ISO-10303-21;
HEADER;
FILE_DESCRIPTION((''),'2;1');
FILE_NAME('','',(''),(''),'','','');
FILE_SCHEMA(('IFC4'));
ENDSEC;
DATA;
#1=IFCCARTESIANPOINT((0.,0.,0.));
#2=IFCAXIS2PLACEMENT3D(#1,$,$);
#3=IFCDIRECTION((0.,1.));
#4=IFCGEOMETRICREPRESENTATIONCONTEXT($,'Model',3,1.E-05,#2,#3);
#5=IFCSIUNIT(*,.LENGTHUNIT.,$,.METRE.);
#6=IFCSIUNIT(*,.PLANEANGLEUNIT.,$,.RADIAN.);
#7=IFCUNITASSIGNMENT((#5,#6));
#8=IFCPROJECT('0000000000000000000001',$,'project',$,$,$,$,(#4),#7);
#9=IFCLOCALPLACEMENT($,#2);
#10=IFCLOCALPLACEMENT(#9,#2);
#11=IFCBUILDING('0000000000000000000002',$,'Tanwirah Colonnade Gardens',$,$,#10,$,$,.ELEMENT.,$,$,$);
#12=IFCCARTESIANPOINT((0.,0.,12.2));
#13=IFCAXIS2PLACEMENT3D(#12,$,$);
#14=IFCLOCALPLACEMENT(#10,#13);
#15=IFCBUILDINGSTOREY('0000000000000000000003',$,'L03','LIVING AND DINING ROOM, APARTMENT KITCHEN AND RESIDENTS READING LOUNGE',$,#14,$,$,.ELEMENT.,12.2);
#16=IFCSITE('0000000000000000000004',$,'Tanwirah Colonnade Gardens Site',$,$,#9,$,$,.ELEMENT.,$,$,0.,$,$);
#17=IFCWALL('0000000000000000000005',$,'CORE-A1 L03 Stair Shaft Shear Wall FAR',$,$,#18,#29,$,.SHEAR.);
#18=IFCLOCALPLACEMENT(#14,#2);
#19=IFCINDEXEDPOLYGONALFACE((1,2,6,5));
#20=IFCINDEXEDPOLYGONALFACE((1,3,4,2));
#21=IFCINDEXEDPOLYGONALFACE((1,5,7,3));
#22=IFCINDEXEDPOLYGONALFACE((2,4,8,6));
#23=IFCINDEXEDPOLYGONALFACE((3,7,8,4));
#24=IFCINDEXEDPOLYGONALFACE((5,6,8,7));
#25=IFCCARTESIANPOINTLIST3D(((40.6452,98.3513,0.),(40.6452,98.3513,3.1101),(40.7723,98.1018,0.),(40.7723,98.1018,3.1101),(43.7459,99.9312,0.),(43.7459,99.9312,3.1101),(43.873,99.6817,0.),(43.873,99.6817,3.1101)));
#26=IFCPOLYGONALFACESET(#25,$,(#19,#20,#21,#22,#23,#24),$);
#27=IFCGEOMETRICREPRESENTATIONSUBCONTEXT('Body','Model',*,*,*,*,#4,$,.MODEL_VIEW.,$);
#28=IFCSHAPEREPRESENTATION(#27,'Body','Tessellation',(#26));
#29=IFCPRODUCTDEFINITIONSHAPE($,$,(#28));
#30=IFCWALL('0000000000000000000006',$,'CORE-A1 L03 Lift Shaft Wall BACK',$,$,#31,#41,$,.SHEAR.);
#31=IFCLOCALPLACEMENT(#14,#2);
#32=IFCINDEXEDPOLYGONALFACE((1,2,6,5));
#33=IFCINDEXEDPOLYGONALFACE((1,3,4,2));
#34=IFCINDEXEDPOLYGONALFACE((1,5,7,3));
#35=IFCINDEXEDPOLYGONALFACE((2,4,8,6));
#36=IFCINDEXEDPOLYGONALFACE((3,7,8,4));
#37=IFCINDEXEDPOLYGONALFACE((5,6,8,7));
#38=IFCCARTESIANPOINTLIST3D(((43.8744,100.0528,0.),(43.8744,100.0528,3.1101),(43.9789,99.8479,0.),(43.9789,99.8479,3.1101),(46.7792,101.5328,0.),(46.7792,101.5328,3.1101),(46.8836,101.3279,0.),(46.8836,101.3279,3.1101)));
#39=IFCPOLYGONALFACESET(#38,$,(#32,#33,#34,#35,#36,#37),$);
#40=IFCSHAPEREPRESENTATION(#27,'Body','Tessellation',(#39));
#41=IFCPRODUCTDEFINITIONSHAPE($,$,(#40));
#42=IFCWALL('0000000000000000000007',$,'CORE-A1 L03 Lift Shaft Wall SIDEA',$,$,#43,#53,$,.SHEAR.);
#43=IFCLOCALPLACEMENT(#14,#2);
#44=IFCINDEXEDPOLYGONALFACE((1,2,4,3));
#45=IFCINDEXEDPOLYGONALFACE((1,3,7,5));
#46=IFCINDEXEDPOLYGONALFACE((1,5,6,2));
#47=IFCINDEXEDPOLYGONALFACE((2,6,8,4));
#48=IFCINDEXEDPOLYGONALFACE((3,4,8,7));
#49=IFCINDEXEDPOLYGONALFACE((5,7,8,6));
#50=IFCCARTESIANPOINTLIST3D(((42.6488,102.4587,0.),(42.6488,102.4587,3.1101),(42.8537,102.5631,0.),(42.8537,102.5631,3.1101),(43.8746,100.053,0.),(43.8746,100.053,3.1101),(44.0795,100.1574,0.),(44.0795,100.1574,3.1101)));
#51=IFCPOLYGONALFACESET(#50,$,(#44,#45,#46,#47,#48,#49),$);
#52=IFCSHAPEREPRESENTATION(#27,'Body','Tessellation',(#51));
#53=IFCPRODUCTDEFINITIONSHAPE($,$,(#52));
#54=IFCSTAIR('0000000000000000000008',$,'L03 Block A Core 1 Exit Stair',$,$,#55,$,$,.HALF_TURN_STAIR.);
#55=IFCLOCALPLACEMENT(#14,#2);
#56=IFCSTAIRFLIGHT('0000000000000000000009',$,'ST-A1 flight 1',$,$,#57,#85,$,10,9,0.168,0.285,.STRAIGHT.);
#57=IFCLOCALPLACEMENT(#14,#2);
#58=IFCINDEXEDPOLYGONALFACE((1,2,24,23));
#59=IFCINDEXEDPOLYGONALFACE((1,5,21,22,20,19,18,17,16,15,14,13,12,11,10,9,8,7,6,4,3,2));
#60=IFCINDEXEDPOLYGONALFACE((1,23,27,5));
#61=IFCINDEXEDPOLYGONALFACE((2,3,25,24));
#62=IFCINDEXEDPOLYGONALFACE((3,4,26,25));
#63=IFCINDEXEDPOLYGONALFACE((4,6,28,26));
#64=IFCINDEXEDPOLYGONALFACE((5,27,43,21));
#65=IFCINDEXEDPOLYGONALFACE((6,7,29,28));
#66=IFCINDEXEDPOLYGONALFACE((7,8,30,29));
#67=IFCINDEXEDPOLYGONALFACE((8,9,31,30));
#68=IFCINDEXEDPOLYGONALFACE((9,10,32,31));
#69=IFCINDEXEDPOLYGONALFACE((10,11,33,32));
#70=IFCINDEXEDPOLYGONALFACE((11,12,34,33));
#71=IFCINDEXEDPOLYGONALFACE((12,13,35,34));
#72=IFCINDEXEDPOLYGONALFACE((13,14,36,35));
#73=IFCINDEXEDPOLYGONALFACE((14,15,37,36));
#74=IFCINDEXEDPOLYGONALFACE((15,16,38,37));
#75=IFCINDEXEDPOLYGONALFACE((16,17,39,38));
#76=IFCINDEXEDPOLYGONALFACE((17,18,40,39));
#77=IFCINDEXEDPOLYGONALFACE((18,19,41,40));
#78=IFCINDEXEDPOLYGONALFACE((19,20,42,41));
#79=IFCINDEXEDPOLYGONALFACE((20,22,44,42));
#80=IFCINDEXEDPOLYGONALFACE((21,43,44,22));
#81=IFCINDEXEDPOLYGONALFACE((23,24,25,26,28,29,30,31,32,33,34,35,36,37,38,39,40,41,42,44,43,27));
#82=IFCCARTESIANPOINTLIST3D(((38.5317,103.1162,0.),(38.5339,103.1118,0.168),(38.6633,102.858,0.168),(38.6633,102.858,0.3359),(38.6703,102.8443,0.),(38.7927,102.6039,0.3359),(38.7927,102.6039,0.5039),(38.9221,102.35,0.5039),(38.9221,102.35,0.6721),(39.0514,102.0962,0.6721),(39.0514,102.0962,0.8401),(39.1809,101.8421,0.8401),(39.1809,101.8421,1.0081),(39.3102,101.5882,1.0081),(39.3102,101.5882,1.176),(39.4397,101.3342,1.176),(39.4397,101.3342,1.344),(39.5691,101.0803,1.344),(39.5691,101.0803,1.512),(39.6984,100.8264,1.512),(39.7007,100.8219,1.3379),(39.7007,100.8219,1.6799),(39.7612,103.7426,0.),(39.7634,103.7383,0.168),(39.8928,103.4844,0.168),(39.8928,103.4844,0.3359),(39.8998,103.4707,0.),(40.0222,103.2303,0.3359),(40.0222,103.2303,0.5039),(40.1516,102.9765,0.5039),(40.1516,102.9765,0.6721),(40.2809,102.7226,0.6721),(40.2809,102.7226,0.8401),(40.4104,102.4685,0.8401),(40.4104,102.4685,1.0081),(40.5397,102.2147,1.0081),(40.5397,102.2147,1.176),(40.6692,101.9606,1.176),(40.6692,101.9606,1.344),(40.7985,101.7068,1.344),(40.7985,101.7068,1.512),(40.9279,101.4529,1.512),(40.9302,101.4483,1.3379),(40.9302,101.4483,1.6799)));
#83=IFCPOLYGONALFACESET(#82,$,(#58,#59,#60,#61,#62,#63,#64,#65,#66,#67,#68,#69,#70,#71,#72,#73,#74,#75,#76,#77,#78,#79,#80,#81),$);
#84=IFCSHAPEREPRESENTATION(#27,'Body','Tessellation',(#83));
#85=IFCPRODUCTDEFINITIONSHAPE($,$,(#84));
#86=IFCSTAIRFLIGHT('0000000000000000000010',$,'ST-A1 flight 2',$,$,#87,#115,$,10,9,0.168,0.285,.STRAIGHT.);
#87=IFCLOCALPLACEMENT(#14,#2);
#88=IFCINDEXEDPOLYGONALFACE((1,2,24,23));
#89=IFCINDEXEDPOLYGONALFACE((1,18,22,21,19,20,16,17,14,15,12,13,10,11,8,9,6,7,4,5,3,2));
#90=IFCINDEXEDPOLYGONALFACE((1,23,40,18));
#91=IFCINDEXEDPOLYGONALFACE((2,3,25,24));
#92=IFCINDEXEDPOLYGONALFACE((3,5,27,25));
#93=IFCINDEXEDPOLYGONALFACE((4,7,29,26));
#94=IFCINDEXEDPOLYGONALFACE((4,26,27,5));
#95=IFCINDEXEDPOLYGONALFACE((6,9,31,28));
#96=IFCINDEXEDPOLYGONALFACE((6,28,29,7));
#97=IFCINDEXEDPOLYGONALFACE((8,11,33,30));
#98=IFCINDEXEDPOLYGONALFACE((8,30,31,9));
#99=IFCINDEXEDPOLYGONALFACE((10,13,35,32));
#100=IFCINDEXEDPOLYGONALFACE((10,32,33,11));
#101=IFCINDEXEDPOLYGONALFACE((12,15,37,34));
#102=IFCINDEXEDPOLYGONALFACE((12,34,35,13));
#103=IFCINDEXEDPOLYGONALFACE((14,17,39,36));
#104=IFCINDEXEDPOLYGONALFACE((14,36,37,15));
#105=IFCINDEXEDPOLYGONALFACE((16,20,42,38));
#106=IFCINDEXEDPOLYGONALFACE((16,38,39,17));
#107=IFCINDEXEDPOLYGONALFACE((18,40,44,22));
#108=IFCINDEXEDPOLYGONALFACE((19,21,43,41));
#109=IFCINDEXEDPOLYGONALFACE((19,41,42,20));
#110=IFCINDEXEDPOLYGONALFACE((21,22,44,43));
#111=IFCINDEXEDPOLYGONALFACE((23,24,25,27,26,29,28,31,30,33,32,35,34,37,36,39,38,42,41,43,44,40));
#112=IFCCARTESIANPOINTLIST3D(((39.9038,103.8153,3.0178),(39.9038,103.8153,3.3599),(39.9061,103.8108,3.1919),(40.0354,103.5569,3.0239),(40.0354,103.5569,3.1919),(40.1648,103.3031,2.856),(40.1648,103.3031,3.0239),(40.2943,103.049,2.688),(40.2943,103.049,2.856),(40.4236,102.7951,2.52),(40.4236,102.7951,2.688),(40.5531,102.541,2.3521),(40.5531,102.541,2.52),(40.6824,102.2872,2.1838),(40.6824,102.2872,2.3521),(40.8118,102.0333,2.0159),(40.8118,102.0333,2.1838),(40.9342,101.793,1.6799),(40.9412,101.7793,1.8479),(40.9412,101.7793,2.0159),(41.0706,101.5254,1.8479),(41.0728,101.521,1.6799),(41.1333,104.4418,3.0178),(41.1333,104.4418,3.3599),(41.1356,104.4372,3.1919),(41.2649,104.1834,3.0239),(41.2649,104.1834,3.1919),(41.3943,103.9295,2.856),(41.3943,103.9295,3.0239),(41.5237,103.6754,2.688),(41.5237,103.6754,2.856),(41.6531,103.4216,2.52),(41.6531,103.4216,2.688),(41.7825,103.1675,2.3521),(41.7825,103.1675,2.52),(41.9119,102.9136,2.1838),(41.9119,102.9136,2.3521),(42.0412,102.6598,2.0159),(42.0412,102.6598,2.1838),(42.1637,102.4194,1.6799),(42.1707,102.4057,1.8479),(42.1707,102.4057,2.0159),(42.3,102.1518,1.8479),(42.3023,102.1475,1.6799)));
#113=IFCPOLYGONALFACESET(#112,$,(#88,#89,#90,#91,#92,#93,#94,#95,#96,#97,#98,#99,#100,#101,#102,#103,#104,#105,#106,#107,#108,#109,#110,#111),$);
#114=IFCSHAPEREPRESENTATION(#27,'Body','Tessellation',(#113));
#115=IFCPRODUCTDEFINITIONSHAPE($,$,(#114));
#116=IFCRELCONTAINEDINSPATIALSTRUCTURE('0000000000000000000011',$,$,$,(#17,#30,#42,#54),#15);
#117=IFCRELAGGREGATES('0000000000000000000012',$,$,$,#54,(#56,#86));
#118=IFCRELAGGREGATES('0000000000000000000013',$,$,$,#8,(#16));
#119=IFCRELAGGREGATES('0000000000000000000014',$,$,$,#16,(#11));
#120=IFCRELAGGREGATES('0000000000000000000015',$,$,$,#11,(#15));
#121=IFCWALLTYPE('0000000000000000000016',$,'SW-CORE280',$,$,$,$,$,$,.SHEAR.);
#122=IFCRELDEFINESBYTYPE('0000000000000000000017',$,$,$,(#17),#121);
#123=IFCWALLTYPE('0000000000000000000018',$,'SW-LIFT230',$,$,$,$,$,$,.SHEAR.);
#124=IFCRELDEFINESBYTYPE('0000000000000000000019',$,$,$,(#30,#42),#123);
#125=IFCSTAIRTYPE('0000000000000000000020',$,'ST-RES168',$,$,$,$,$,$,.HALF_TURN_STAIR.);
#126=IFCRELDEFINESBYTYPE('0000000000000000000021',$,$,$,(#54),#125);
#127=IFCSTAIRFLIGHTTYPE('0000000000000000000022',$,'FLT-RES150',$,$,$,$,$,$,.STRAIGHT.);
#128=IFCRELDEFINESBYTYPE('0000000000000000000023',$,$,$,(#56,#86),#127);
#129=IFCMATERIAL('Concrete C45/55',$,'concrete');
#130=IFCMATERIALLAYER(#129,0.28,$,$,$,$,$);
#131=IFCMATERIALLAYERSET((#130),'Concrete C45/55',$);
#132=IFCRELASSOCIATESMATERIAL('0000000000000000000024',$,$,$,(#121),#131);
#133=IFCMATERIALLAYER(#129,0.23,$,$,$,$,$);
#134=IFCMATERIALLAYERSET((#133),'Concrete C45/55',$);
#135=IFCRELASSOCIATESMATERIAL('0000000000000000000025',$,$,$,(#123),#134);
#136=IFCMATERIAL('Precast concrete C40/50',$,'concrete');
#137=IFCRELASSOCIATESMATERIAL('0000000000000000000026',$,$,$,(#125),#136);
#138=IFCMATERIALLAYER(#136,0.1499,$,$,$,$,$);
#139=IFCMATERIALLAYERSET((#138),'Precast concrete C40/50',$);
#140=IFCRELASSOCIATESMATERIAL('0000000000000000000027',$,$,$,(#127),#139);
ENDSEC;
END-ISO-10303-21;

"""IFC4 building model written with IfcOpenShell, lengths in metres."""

from ifc_helpers import new_model, si_unit, direction, frame, frame_2d, origin, place, context, subcontext, project, spatial, polyline, rectangle, outline, extrude, material, layer, layer_set, type_object, element, aggregate, save


model = new_model("IFC4")

# Units and contexts
model_context = context("Model", 3, precision=1e-05, world=origin(), true_north=direction((0.0, 1.0)))
body_context = subcontext(model_context, "Body", "Model", "MODEL_VIEW")
ifc_project = project(units=[si_unit("LENGTHUNIT", "METRE"), si_unit("PLANEANGLEUNIT", "RADIAN")], contexts=[model_context])

# Site, building, storey
site_placement = place(None, origin())
site = spatial("IfcSite", under=ifc_project, at=site_placement, Name="Tanwirah Colonnade Gardens Site", CompositionType="ELEMENT", RefElevation=0.0)
building_placement = place(site_placement, origin())
building = spatial("IfcBuilding", under=site, at=building_placement, Name="Tanwirah Colonnade Gardens", CompositionType="ELEMENT")
storey_placement = place(building_placement, frame((0.0, 0.0, 12.2)))
storey = spatial("IfcBuildingStorey", under=building, at=storey_placement, Name="L03", Description="LIVING AND DINING ROOM, APARTMENT KITCHEN AND RESIDENTS READING LOUNGE", CompositionType="ELEMENT", Elevation=12.2)

# Shared definitions
ifc_material_1 = material(Name="Precast concrete C40/50", Category="concrete")

# Wall
ifc_material_2 = material(Name="Concrete C45/55", Category="concrete")
ifc_layer_1 = layer(ifc_material_2, 0.28)
ifc_layer_set_1 = layer_set([ifc_layer_1], Name="Concrete C45/55")
wall_type_1 = type_object("IfcWallType", Name="SW-CORE280", PredefinedType="SHEAR", material=ifc_layer_set_1)
wall_1_placement = place(storey_placement, frame((40.7087, 98.2266, 0.0), z_axis=(0.0, 0.0, 1.0), x_axis=(0.891006, 0.453992, 0.0)))
element("IfcWall", 1, at=wall_1_placement, inside=storey, type_object=wall_type_1, Name="CORE-A1 L03 Stair Shaft Shear Wall FAR", PredefinedType="SHEAR", context=body_context, shape_type="SweptSolid", body=[
    extrude(rectangle(XDim=3.48, YDim=0.28, at=frame_2d((1.74, 0.0))), origin(), (0.0, 0.0, 1.0), 3.1101),
])

# Shared definitions
ifc_layer_2 = layer(ifc_material_2, 0.23)
ifc_layer_set_2 = layer_set([ifc_layer_2], Name="Concrete C45/55")
wall_type_2 = type_object("IfcWallType", Name="SW-LIFT230", PredefinedType="SHEAR", material=ifc_layer_set_2)

# Walls
wall_2_placement = place(storey_placement, frame((43.9268, 99.9504, 0.0), z_axis=(0.0, 0.0, 1.0), x_axis=(0.891017, 0.453971, 0.0)))
element("IfcWall", 2, at=wall_2_placement, inside=storey, type_object=wall_type_2, Name="CORE-A1 L03 Lift Shaft Wall BACK", PredefinedType="SHEAR", context=body_context, shape_type="SweptSolid", body=[
    extrude(rectangle(XDim=3.26, YDim=0.23, at=frame_2d((1.6299, 0.0))), origin(), (0.0, 0.0, 1.0), 3.1101),
])
wall_3_placement = place(storey_placement, frame((42.7512, 102.511, 0.0), z_axis=(0.0, 0.0, 1.0), x_axis=(0.454, -0.891002, 0.0)))
element("IfcWall", 3, at=wall_3_placement, inside=storey, type_object=wall_type_2, Name="CORE-A1 L03 Lift Shaft Wall SIDEA", PredefinedType="SHEAR", context=body_context, shape_type="SweptSolid", body=[
    extrude(rectangle(XDim=2.7, YDim=0.23, at=frame_2d((1.3501, 0.0))), origin(), (0.0, 0.0, 1.0), 3.1101),
])

# Stair, stair flights
stair_type = type_object("IfcStairType", Name="ST-RES168", PredefinedType="HALF_TURN_STAIR", material=ifc_material_1)
stair_placement = place(storey_placement, origin())
stair = element("IfcStair", 4, at=stair_placement, inside=storey, type_object=stair_type, Name="L03 Block A Core 1 Exit Stair", PredefinedType="HALF_TURN_STAIR")
ifc_layer_3 = layer(ifc_material_1, 0.1499)
ifc_layer_set_3 = layer_set([ifc_layer_3], Name="Precast concrete C40/50")
stair_flight_type = type_object("IfcStairFlightType", Name="FLT-RES150", PredefinedType="STRAIGHT", material=ifc_layer_set_3)
stair_flight_1_placement = place(storey_placement, frame((39.1487, 103.425, 0.0), z_axis=(0.0, 0.0, 1.0), x_axis=(0.45399, -0.891007, 0.0)))
stair_flight_1 = element("IfcStairFlight", 5, at=stair_flight_1_placement, type_object=stair_flight_type, Name="ST-A1 flight 1", NumberOfRisers=10, NumberOfTreads=9, PredefinedType="STRAIGHT", RiserHeight=0.168, TreadLength=0.285, context=body_context, shape_type="SweptSolid", body=[
    extrude(outline(polyline([(-0.0049, 0.0), (0.0, 0.168), (0.2849, 0.168), (0.2849, 0.3359), (0.5701, 0.3359), (0.5701, 0.5039), (0.855, 0.5039), (0.855, 0.6721), (1.1399, 0.6721), (1.1399, 0.8401), (1.425, 0.8401), (1.425, 1.0081), (1.71, 1.0081), (1.71, 1.176), (1.9951, 1.176), (1.9951, 1.344), (2.28, 1.344), (2.28, 1.512), (2.5649, 1.512), (2.5701, 1.6799), (2.5701, 1.3379), (0.3003, 0.0), (-0.0049, 0.0)])), frame((0.0, 0.6899, 0.0), z_axis=(0.0, -1.0, 0.0), x_axis=(1.0, 0.0, 0.0)), (0.0, 0.0, 1.0), 1.3799),
])
stair_flight_2_placement = place(storey_placement, frame((41.6853, 101.8386, 1.6799), z_axis=(0.0, 0.0, 1.0), x_axis=(-0.45399, 0.891007, 0.0)))
stair_flight_2 = element("IfcStairFlight", 6, at=stair_flight_2_placement, type_object=stair_flight_type, Name="ST-A1 flight 2", NumberOfRisers=10, NumberOfTreads=9, PredefinedType="STRAIGHT", RiserHeight=0.168, TreadLength=0.285, context=body_context, shape_type="SweptSolid", body=[
    extrude(outline(polyline([(-0.0049, 0.0), (0.0, 0.168), (0.2849, 0.168), (0.2849, 0.3359), (0.5701, 0.3359), (0.5701, 0.5039), (0.855, 0.5039), (0.855, 0.6721), (1.1399, 0.6721), (1.1399, 0.8401), (1.425, 0.8401), (1.425, 1.0081), (1.71, 1.0081), (1.71, 1.176), (1.9951, 1.176), (1.9951, 1.344), (2.28, 1.344), (2.28, 1.512), (2.5649, 1.512), (2.5701, 1.6799), (2.5701, 1.3379), (0.3003, 0.0), (-0.0049, 0.0)])), frame((0.0, 0.6899, 0.0), z_axis=(0.0, -1.0, 0.0), x_axis=(1.0, 0.0, 0.0)), (0.0, 0.0, 1.0), 1.3799),
])
aggregate(stair, [stair_flight_1, stair_flight_2])

save(model, "model.ifc")
